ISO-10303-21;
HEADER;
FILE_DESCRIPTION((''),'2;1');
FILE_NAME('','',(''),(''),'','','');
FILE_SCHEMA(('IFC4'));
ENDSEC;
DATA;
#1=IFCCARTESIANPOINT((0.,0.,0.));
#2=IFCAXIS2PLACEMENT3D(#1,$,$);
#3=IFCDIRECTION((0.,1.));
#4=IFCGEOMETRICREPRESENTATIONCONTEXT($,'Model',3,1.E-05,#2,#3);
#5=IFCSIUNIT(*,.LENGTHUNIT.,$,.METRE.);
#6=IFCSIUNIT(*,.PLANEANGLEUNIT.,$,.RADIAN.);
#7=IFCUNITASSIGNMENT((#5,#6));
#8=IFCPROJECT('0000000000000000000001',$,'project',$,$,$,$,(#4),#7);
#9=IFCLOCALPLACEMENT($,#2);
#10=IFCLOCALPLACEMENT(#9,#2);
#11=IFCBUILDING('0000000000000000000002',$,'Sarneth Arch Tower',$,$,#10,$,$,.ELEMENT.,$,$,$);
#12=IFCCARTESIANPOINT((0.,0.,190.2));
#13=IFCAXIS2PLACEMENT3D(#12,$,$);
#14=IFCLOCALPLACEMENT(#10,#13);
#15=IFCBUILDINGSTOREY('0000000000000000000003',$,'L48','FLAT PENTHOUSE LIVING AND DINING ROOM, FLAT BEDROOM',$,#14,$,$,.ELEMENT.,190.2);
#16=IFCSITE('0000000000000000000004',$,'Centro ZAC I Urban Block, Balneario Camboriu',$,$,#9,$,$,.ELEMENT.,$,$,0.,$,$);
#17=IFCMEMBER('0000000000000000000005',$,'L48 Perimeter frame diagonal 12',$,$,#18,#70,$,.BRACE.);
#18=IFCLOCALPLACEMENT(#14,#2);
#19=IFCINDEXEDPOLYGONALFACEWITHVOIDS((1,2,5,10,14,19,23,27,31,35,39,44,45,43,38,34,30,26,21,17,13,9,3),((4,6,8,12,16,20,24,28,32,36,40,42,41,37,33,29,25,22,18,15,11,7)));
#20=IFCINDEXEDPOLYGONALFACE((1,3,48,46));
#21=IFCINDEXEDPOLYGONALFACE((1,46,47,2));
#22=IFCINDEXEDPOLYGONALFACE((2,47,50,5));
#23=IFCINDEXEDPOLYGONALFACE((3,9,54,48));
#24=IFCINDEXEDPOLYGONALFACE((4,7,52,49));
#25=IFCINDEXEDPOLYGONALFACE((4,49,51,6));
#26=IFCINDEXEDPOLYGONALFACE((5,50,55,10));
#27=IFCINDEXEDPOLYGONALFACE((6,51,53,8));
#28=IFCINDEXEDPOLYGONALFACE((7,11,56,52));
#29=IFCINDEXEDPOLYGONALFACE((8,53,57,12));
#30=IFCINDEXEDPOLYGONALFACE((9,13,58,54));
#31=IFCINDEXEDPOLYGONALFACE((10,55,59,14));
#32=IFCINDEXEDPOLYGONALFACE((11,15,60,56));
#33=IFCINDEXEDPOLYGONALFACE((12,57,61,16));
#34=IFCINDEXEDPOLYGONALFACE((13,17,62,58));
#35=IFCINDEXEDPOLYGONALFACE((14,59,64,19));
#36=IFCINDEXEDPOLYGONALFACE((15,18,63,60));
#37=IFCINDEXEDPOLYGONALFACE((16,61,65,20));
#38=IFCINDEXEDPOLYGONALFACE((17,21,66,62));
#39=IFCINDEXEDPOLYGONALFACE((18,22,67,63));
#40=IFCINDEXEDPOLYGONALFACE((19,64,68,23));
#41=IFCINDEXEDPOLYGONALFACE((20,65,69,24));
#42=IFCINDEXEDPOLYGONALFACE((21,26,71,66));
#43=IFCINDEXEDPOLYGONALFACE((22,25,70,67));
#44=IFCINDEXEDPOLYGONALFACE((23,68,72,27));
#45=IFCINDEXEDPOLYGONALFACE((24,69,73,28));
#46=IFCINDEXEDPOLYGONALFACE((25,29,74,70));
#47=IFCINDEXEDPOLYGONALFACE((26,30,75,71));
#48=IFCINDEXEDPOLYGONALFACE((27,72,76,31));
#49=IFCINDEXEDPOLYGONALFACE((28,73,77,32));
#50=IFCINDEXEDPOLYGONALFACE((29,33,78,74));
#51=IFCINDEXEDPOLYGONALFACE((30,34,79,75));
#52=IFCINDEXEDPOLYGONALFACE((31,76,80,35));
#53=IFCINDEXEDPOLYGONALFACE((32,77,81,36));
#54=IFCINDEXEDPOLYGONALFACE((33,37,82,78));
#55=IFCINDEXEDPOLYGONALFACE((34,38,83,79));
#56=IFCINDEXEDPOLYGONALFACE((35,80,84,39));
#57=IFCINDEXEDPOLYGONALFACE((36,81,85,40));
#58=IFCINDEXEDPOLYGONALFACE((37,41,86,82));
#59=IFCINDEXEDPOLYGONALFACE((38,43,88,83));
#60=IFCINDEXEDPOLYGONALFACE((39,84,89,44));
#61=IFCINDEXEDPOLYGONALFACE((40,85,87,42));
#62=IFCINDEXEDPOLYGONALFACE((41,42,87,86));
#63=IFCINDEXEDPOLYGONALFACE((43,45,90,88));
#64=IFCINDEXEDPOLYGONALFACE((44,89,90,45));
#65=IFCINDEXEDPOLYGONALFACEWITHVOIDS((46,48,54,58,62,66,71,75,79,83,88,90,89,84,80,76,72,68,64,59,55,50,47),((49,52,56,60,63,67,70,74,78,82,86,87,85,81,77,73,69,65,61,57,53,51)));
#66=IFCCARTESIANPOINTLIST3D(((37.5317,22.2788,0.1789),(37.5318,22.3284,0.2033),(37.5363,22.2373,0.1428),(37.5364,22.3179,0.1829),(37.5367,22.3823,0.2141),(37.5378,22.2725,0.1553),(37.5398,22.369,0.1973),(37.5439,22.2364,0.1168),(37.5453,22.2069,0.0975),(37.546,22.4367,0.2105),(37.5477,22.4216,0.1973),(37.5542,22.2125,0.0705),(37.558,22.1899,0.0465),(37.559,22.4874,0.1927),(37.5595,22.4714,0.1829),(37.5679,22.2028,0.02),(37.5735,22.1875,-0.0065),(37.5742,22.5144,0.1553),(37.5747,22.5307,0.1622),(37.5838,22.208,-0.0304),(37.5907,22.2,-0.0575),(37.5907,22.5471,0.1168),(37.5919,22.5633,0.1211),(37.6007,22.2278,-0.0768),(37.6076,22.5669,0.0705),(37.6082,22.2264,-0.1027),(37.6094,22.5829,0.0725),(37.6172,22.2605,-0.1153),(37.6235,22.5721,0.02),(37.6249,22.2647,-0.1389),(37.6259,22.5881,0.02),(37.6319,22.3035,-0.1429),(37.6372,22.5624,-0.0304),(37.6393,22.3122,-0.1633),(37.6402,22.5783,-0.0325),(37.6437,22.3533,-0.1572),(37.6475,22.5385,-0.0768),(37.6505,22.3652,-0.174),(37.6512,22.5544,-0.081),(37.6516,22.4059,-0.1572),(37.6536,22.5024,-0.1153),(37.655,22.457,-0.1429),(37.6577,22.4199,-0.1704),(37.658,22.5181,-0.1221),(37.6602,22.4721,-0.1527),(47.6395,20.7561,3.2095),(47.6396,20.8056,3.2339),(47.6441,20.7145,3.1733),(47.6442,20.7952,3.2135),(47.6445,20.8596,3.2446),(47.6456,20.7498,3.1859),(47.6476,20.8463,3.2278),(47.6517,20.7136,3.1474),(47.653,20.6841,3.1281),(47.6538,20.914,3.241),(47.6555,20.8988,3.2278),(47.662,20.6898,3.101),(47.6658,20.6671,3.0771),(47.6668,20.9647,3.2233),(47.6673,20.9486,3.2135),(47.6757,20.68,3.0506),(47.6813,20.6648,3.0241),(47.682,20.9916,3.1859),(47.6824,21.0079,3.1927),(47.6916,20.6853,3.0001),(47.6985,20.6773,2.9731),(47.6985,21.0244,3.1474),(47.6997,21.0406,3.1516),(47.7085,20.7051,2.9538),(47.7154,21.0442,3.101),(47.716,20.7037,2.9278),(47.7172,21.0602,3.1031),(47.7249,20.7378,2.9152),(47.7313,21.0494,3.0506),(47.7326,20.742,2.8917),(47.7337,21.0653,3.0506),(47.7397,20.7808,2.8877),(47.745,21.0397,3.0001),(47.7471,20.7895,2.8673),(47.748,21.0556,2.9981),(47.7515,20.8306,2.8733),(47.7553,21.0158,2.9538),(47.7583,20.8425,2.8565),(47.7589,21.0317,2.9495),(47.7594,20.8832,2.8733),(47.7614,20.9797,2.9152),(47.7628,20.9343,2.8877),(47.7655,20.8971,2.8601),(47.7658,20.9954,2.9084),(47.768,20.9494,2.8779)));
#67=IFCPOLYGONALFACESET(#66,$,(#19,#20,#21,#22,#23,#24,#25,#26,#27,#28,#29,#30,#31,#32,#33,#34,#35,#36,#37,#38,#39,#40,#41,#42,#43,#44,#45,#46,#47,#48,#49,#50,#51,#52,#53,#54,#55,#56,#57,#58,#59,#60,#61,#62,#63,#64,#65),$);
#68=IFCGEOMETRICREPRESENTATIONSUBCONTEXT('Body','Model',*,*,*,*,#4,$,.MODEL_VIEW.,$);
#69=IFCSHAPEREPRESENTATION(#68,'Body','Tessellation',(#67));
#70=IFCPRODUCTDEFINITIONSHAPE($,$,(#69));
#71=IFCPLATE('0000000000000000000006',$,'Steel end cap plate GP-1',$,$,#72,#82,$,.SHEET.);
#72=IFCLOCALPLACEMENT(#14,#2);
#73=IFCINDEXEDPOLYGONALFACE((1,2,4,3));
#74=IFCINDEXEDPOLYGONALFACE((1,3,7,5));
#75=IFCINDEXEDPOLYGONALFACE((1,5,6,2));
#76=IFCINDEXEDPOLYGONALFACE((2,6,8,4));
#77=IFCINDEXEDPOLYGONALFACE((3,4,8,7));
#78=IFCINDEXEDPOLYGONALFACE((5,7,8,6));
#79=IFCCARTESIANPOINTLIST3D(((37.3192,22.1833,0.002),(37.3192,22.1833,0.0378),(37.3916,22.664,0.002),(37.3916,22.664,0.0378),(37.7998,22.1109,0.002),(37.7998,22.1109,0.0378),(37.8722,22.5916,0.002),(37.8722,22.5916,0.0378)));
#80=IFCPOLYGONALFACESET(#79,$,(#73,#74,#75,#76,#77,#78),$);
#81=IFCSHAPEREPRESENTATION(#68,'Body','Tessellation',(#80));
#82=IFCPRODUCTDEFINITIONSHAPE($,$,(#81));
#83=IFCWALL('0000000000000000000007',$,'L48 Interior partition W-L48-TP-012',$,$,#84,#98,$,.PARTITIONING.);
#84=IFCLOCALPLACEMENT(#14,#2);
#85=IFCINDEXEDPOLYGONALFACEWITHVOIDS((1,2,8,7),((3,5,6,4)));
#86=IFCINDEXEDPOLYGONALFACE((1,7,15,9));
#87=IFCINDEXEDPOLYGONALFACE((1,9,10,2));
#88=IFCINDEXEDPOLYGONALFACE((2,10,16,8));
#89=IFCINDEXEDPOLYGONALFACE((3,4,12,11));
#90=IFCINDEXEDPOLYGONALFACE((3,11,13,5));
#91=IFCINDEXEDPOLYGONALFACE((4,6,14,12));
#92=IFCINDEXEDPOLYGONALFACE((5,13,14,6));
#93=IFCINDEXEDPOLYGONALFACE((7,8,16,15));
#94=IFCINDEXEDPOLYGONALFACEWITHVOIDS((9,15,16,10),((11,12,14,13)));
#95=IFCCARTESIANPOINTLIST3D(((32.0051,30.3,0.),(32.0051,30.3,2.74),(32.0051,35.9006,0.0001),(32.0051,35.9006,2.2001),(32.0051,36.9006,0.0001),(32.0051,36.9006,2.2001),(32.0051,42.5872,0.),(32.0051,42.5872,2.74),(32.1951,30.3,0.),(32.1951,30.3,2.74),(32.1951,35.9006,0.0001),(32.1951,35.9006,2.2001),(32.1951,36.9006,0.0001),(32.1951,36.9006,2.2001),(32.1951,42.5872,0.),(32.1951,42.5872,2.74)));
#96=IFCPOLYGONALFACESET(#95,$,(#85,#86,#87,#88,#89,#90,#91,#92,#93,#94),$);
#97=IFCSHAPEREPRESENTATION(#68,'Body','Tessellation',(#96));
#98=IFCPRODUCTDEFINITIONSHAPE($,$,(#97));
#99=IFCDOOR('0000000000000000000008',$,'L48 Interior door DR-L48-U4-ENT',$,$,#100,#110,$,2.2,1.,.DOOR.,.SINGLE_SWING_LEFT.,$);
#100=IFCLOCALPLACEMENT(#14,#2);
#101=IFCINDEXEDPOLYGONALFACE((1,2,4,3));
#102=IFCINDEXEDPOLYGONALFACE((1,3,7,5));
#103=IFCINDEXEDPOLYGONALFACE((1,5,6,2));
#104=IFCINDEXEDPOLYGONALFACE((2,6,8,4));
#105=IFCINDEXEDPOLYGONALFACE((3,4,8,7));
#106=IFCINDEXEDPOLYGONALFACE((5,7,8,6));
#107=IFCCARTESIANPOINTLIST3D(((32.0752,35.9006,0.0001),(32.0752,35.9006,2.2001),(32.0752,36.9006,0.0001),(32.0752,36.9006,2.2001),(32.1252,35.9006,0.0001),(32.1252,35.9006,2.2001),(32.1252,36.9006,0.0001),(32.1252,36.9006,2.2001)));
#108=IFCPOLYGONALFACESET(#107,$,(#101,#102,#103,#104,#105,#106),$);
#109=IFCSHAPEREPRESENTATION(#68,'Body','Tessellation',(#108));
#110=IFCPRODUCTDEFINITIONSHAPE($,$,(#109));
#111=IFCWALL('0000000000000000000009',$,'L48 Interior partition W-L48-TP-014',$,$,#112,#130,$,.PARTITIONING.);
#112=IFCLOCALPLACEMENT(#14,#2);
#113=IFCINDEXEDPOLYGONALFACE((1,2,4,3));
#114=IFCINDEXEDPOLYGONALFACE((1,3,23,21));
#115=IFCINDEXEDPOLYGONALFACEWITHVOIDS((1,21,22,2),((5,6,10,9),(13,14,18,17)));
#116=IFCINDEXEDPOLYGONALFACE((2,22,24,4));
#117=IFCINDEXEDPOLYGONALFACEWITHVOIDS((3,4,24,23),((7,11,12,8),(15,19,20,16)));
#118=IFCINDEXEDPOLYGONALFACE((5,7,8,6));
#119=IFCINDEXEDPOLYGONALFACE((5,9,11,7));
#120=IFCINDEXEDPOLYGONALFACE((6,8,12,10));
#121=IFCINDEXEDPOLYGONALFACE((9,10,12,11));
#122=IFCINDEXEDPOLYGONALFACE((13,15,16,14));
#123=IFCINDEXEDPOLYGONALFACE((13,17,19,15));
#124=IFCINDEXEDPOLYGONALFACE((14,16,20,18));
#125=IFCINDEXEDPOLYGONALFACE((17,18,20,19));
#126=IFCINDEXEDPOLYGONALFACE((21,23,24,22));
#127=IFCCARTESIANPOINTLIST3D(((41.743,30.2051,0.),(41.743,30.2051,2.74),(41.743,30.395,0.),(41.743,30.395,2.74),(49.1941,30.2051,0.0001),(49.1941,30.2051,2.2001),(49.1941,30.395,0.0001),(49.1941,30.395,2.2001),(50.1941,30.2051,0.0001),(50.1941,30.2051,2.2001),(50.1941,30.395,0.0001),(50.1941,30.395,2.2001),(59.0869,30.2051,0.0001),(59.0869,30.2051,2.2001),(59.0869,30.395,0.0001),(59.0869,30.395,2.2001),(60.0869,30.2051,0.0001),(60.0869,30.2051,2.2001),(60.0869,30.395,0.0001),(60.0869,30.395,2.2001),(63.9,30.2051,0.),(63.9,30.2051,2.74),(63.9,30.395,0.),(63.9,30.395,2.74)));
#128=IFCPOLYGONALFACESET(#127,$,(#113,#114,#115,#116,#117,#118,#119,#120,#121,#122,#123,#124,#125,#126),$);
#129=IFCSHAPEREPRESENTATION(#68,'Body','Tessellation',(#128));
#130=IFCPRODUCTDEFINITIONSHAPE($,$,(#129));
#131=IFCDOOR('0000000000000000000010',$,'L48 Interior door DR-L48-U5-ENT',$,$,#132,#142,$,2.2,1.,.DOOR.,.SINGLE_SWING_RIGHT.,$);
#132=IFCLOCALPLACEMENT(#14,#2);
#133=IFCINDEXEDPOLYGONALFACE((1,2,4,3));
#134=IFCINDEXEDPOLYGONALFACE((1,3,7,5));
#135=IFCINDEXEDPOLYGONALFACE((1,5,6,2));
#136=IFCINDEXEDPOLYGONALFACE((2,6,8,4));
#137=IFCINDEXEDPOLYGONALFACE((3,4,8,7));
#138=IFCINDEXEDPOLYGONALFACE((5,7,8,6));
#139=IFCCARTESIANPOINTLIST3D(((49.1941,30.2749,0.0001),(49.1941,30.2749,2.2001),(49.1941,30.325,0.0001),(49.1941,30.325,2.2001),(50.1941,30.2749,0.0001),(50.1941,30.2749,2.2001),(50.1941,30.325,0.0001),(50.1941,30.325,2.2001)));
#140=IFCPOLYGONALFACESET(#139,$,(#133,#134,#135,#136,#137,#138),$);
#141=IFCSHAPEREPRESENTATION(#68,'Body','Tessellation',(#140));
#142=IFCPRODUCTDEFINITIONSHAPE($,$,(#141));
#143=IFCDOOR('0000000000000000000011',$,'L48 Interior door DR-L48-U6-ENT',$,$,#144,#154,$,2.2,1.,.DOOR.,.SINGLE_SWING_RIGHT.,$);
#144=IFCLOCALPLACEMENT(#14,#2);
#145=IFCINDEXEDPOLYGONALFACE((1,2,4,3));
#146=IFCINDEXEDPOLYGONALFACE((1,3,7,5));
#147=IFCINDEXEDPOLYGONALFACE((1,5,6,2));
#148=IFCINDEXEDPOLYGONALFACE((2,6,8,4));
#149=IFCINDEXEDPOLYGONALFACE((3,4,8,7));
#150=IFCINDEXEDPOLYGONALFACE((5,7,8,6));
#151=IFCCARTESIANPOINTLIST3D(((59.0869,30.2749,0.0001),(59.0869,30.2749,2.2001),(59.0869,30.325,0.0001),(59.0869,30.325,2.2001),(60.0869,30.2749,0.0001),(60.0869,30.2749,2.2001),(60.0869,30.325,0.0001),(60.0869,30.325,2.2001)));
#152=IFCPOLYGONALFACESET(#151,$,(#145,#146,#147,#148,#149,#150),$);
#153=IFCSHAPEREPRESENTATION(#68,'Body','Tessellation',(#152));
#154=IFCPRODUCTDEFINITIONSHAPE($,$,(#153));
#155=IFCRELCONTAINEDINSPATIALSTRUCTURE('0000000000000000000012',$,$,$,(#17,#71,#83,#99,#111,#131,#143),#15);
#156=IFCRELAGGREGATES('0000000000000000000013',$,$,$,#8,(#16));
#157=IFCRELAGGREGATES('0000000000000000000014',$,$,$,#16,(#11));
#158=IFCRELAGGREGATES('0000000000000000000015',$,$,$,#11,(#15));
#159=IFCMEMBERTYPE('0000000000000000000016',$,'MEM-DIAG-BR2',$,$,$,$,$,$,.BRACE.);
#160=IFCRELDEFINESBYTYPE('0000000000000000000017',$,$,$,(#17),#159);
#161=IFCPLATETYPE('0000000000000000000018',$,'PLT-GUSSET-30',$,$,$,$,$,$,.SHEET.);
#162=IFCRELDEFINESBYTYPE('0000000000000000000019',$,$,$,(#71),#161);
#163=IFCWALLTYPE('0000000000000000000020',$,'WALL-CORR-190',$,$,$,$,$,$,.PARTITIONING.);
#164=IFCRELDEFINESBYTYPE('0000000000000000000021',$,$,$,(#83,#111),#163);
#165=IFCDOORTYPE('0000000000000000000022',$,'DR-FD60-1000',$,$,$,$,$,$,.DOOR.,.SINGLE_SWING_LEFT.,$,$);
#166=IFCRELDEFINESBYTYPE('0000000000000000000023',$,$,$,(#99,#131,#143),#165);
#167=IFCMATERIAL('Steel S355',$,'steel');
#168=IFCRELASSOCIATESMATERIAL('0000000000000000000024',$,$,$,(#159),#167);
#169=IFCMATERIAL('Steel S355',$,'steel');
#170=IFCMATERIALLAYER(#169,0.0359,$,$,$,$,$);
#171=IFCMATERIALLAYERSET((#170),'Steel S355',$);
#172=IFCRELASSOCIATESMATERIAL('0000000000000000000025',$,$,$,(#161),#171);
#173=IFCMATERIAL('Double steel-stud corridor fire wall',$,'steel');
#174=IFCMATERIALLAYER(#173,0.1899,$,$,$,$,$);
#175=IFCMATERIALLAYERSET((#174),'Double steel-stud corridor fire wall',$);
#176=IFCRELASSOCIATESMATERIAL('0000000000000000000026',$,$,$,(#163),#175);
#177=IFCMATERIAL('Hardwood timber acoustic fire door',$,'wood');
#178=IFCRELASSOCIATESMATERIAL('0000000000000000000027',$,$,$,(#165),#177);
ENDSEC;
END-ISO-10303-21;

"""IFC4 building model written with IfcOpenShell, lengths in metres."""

from ifc_helpers import new_model, si_unit, direction, frame, frame_2d, origin, origin_2d, place, context, subcontext, project, spatial, rectangle, hollow_circle, extrude, material, layer, layer_set, material_profile, profile_set, type_object, element, fill, save


model = new_model("IFC4")

# Units and contexts
model_context = context("Model", 3, precision=1e-05, world=origin(), true_north=direction((0.0, 1.0)))
body_context = subcontext(model_context, "Body", "Model", "MODEL_VIEW")
ifc_project = project(units=[si_unit("LENGTHUNIT", "METRE"), si_unit("PLANEANGLEUNIT", "RADIAN")], contexts=[model_context])

# Site, building, storey
site_placement = place(None, origin())
site = spatial("IfcSite", under=ifc_project, at=site_placement, Name="Centro ZAC I Urban Block, Balneario Camboriu", CompositionType="ELEMENT", RefElevation=0.0)
building_placement = place(site_placement, origin())
building = spatial("IfcBuilding", under=site, at=building_placement, Name="Sarneth Arch Tower", CompositionType="ELEMENT")
storey_placement = place(building_placement, frame((0.0, 0.0, 190.2)))
storey = spatial("IfcBuildingStorey", under=building, at=storey_placement, Name="L48", Description="FLAT PENTHOUSE LIVING AND DINING ROOM, FLAT BEDROOM", CompositionType="ELEMENT", Elevation=190.2)

# Member
ifc_material_1 = material(Name="Steel S355", Category="steel")
ifc_material_profile_1 = material_profile(ifc_material_1, hollow_circle(Radius=0.2029, WallThickness=0.0161, at=origin_2d()), Name="CHS406x16")
ifc_profile_set_1 = profile_set([ifc_material_profile_1], Name="Steel S355")
member_type = type_object("IfcMemberType", Name="MEM-DIAG-BR2", PredefinedType="BRACE", material=ifc_profile_set_1)
member_placement = place(storey_placement, frame((37.5957, 22.3875, 0.02), z_axis=(0.948053, -0.142823, 0.284249), x_axis=(0.148968, 0.988842, 0.0)))
element("IfcMember", 1, at=member_placement, inside=storey, type_object=member_type, Name="L48 Perimeter frame diagonal 12", PredefinedType="BRACE", context=body_context, shape_type="SweptSolid", body=[
    extrude(hollow_circle(Radius=0.2029, WallThickness=0.0161, at=origin_2d()), origin(), (0.0, 0.0, 1.0), 10.6616),
])

# Plate
ifc_material_2 = material(Name="Steel S355", Category="steel")
ifc_layer_1 = layer(ifc_material_2, 0.0359)
ifc_layer_set_1 = layer_set([ifc_layer_1], Name="Steel S355")
plate_type = type_object("IfcPlateType", Name="PLT-GUSSET-30", PredefinedType="SHEET", material=ifc_layer_set_1)
plate_placement = place(storey_placement, frame((37.5957, 22.3875, 0.002), z_axis=(0.0, 0.0, 1.0), x_axis=(0.988835, -0.149018, 0.0)))
element("IfcPlate", 2, at=plate_placement, inside=storey, type_object=plate_type, Name="Steel end cap plate GP-1", PredefinedType="SHEET", context=body_context, shape_type="SweptSolid", body=[
    extrude(rectangle(XDim=0.4861, YDim=0.4861, at=origin_2d()), origin(), (0.0, 0.0, 1.0), 0.0359),
])

# Wall, opening, door
ifc_material_3 = material(Name="Double steel-stud corridor fire wall", Category="steel")
ifc_layer_2 = layer(ifc_material_3, 0.1899)
ifc_layer_set_2 = layer_set([ifc_layer_2], Name="Double steel-stud corridor fire wall")
wall_type_1 = type_object("IfcWallType", Name="WALL-CORR-190", PredefinedType="PARTITIONING", material=ifc_layer_set_2)
wall_1_placement = place(storey_placement, frame((32.1001, 30.3, 0.0), z_axis=(0.0, 0.0, 1.0), x_axis=(0.0, 1.0, 0.0)))
wall_1 = element("IfcWall", 3, at=wall_1_placement, inside=storey, type_object=wall_type_1, Name="L48 Interior partition W-L48-TP-012", PredefinedType="PARTITIONING", context=body_context, shape_type="SweptSolid", body=[
    extrude(rectangle(XDim=12.2871, YDim=0.1899, at=frame_2d((6.1436, 0.0))), origin(), (0.0, 0.0, 1.0), 2.74),
])
opening_1_placement = place(wall_1_placement, frame((5.6006, 0.0, 0.0)))
opening_1 = element("IfcOpeningElement", 4, at=opening_1_placement, cuts=wall_1, PredefinedType="OPENING", context=body_context, shape_type="SweptSolid", body=[
    extrude(rectangle(XDim=1.0, YDim=2.2, at=frame_2d((0.5, 1.1001))), frame((0.0, 0.105, 0.0), z_axis=(0.0, -1.0, 0.0), x_axis=(1.0, 0.0, 0.0)), (0.0, 0.0, 1.0), 0.21),
])
ifc_material_4 = material(Name="Hardwood timber acoustic fire door", Category="wood")
door_type_1 = type_object("IfcDoorType", Name="DR-FD60-1000", OperationType="SINGLE_SWING_LEFT", PredefinedType="DOOR", material=ifc_material_4)
door_1_placement = place(opening_1_placement, origin())
door_1 = element("IfcDoor", 5, at=door_1_placement, inside=storey, type_object=door_type_1, Name="L48 Interior door DR-L48-U4-ENT", OperationType="SINGLE_SWING_LEFT", OverallHeight=2.2, OverallWidth=1.0, PredefinedType="DOOR", context=body_context, shape_type="SweptSolid", body=[
    extrude(rectangle(XDim=1.0, YDim=2.2, at=frame_2d((0.5, 1.1001))), frame((0.0, 0.0249, 0.0), z_axis=(0.0, -1.0, 0.0), x_axis=(1.0, 0.0, 0.0)), (0.0, 0.0, 1.0), 0.05),
])
fill(opening_1, door_1)

# Wall, openings, doors
wall_2_placement = place(storey_placement, frame((41.7429, 30.3, 0.0), z_axis=(0.0, 0.0, 1.0), x_axis=(1.0, 0.0, 0.0)))
wall_2 = element("IfcWall", 6, at=wall_2_placement, inside=storey, type_object=wall_type_1, Name="L48 Interior partition W-L48-TP-014", PredefinedType="PARTITIONING", context=body_context, shape_type="SweptSolid", body=[
    extrude(rectangle(XDim=22.157, YDim=0.1899, at=frame_2d((11.0786, 0.0))), origin(), (0.0, 0.0, 1.0), 2.74),
])
opening_2_placement = place(wall_2_placement, frame((7.4512, 0.0, 0.0)))
opening_2 = element("IfcOpeningElement", 7, at=opening_2_placement, cuts=wall_2, PredefinedType="OPENING", context=body_context, shape_type="SweptSolid", body=[
    extrude(rectangle(XDim=1.0, YDim=2.2, at=frame_2d((0.5, 1.1001))), frame((0.0, 0.105, 0.0), z_axis=(0.0, -1.0, 0.0), x_axis=(1.0, 0.0, 0.0)), (0.0, 0.0, 1.0), 0.21),
])
opening_3_placement = place(wall_2_placement, frame((17.344, 0.0, 0.0)))
opening_3 = element("IfcOpeningElement", 8, at=opening_3_placement, cuts=wall_2, PredefinedType="OPENING", context=body_context, shape_type="SweptSolid", body=[
    extrude(rectangle(XDim=1.0, YDim=2.2, at=frame_2d((0.5, 1.1001))), frame((0.0, 0.105, 0.0), z_axis=(0.0, -1.0, 0.0), x_axis=(1.0, 0.0, 0.0)), (0.0, 0.0, 1.0), 0.21),
])
door_2_placement = place(opening_2_placement, origin())
door_2 = element("IfcDoor", 9, at=door_2_placement, inside=storey, type_object=door_type_1, Name="L48 Interior door DR-L48-U5-ENT", OperationType="SINGLE_SWING_RIGHT", OverallHeight=2.2, OverallWidth=1.0, PredefinedType="DOOR", context=body_context, shape_type="SweptSolid", body=[
    extrude(rectangle(XDim=1.0, YDim=2.2, at=frame_2d((0.5, 1.1001))), frame((0.0, 0.0249, 0.0), z_axis=(0.0, -1.0, 0.0), x_axis=(1.0, 0.0, 0.0)), (0.0, 0.0, 1.0), 0.05),
])
fill(opening_2, door_2)
door_3_placement = place(opening_3_placement, origin())
door_3 = element("IfcDoor", 10, at=door_3_placement, inside=storey, type_object=door_type_1, Name="L48 Interior door DR-L48-U6-ENT", OperationType="SINGLE_SWING_RIGHT", OverallHeight=2.2, OverallWidth=1.0, PredefinedType="DOOR", context=body_context, shape_type="SweptSolid", body=[
    extrude(rectangle(XDim=1.0, YDim=2.2, at=frame_2d((0.5, 1.1001))), frame((0.0, 0.0249, 0.0), z_axis=(0.0, -1.0, 0.0), x_axis=(1.0, 0.0, 0.0)), (0.0, 0.0, 1.0), 0.05),
])
fill(opening_3, door_3)

save(model, "model.ifc")
